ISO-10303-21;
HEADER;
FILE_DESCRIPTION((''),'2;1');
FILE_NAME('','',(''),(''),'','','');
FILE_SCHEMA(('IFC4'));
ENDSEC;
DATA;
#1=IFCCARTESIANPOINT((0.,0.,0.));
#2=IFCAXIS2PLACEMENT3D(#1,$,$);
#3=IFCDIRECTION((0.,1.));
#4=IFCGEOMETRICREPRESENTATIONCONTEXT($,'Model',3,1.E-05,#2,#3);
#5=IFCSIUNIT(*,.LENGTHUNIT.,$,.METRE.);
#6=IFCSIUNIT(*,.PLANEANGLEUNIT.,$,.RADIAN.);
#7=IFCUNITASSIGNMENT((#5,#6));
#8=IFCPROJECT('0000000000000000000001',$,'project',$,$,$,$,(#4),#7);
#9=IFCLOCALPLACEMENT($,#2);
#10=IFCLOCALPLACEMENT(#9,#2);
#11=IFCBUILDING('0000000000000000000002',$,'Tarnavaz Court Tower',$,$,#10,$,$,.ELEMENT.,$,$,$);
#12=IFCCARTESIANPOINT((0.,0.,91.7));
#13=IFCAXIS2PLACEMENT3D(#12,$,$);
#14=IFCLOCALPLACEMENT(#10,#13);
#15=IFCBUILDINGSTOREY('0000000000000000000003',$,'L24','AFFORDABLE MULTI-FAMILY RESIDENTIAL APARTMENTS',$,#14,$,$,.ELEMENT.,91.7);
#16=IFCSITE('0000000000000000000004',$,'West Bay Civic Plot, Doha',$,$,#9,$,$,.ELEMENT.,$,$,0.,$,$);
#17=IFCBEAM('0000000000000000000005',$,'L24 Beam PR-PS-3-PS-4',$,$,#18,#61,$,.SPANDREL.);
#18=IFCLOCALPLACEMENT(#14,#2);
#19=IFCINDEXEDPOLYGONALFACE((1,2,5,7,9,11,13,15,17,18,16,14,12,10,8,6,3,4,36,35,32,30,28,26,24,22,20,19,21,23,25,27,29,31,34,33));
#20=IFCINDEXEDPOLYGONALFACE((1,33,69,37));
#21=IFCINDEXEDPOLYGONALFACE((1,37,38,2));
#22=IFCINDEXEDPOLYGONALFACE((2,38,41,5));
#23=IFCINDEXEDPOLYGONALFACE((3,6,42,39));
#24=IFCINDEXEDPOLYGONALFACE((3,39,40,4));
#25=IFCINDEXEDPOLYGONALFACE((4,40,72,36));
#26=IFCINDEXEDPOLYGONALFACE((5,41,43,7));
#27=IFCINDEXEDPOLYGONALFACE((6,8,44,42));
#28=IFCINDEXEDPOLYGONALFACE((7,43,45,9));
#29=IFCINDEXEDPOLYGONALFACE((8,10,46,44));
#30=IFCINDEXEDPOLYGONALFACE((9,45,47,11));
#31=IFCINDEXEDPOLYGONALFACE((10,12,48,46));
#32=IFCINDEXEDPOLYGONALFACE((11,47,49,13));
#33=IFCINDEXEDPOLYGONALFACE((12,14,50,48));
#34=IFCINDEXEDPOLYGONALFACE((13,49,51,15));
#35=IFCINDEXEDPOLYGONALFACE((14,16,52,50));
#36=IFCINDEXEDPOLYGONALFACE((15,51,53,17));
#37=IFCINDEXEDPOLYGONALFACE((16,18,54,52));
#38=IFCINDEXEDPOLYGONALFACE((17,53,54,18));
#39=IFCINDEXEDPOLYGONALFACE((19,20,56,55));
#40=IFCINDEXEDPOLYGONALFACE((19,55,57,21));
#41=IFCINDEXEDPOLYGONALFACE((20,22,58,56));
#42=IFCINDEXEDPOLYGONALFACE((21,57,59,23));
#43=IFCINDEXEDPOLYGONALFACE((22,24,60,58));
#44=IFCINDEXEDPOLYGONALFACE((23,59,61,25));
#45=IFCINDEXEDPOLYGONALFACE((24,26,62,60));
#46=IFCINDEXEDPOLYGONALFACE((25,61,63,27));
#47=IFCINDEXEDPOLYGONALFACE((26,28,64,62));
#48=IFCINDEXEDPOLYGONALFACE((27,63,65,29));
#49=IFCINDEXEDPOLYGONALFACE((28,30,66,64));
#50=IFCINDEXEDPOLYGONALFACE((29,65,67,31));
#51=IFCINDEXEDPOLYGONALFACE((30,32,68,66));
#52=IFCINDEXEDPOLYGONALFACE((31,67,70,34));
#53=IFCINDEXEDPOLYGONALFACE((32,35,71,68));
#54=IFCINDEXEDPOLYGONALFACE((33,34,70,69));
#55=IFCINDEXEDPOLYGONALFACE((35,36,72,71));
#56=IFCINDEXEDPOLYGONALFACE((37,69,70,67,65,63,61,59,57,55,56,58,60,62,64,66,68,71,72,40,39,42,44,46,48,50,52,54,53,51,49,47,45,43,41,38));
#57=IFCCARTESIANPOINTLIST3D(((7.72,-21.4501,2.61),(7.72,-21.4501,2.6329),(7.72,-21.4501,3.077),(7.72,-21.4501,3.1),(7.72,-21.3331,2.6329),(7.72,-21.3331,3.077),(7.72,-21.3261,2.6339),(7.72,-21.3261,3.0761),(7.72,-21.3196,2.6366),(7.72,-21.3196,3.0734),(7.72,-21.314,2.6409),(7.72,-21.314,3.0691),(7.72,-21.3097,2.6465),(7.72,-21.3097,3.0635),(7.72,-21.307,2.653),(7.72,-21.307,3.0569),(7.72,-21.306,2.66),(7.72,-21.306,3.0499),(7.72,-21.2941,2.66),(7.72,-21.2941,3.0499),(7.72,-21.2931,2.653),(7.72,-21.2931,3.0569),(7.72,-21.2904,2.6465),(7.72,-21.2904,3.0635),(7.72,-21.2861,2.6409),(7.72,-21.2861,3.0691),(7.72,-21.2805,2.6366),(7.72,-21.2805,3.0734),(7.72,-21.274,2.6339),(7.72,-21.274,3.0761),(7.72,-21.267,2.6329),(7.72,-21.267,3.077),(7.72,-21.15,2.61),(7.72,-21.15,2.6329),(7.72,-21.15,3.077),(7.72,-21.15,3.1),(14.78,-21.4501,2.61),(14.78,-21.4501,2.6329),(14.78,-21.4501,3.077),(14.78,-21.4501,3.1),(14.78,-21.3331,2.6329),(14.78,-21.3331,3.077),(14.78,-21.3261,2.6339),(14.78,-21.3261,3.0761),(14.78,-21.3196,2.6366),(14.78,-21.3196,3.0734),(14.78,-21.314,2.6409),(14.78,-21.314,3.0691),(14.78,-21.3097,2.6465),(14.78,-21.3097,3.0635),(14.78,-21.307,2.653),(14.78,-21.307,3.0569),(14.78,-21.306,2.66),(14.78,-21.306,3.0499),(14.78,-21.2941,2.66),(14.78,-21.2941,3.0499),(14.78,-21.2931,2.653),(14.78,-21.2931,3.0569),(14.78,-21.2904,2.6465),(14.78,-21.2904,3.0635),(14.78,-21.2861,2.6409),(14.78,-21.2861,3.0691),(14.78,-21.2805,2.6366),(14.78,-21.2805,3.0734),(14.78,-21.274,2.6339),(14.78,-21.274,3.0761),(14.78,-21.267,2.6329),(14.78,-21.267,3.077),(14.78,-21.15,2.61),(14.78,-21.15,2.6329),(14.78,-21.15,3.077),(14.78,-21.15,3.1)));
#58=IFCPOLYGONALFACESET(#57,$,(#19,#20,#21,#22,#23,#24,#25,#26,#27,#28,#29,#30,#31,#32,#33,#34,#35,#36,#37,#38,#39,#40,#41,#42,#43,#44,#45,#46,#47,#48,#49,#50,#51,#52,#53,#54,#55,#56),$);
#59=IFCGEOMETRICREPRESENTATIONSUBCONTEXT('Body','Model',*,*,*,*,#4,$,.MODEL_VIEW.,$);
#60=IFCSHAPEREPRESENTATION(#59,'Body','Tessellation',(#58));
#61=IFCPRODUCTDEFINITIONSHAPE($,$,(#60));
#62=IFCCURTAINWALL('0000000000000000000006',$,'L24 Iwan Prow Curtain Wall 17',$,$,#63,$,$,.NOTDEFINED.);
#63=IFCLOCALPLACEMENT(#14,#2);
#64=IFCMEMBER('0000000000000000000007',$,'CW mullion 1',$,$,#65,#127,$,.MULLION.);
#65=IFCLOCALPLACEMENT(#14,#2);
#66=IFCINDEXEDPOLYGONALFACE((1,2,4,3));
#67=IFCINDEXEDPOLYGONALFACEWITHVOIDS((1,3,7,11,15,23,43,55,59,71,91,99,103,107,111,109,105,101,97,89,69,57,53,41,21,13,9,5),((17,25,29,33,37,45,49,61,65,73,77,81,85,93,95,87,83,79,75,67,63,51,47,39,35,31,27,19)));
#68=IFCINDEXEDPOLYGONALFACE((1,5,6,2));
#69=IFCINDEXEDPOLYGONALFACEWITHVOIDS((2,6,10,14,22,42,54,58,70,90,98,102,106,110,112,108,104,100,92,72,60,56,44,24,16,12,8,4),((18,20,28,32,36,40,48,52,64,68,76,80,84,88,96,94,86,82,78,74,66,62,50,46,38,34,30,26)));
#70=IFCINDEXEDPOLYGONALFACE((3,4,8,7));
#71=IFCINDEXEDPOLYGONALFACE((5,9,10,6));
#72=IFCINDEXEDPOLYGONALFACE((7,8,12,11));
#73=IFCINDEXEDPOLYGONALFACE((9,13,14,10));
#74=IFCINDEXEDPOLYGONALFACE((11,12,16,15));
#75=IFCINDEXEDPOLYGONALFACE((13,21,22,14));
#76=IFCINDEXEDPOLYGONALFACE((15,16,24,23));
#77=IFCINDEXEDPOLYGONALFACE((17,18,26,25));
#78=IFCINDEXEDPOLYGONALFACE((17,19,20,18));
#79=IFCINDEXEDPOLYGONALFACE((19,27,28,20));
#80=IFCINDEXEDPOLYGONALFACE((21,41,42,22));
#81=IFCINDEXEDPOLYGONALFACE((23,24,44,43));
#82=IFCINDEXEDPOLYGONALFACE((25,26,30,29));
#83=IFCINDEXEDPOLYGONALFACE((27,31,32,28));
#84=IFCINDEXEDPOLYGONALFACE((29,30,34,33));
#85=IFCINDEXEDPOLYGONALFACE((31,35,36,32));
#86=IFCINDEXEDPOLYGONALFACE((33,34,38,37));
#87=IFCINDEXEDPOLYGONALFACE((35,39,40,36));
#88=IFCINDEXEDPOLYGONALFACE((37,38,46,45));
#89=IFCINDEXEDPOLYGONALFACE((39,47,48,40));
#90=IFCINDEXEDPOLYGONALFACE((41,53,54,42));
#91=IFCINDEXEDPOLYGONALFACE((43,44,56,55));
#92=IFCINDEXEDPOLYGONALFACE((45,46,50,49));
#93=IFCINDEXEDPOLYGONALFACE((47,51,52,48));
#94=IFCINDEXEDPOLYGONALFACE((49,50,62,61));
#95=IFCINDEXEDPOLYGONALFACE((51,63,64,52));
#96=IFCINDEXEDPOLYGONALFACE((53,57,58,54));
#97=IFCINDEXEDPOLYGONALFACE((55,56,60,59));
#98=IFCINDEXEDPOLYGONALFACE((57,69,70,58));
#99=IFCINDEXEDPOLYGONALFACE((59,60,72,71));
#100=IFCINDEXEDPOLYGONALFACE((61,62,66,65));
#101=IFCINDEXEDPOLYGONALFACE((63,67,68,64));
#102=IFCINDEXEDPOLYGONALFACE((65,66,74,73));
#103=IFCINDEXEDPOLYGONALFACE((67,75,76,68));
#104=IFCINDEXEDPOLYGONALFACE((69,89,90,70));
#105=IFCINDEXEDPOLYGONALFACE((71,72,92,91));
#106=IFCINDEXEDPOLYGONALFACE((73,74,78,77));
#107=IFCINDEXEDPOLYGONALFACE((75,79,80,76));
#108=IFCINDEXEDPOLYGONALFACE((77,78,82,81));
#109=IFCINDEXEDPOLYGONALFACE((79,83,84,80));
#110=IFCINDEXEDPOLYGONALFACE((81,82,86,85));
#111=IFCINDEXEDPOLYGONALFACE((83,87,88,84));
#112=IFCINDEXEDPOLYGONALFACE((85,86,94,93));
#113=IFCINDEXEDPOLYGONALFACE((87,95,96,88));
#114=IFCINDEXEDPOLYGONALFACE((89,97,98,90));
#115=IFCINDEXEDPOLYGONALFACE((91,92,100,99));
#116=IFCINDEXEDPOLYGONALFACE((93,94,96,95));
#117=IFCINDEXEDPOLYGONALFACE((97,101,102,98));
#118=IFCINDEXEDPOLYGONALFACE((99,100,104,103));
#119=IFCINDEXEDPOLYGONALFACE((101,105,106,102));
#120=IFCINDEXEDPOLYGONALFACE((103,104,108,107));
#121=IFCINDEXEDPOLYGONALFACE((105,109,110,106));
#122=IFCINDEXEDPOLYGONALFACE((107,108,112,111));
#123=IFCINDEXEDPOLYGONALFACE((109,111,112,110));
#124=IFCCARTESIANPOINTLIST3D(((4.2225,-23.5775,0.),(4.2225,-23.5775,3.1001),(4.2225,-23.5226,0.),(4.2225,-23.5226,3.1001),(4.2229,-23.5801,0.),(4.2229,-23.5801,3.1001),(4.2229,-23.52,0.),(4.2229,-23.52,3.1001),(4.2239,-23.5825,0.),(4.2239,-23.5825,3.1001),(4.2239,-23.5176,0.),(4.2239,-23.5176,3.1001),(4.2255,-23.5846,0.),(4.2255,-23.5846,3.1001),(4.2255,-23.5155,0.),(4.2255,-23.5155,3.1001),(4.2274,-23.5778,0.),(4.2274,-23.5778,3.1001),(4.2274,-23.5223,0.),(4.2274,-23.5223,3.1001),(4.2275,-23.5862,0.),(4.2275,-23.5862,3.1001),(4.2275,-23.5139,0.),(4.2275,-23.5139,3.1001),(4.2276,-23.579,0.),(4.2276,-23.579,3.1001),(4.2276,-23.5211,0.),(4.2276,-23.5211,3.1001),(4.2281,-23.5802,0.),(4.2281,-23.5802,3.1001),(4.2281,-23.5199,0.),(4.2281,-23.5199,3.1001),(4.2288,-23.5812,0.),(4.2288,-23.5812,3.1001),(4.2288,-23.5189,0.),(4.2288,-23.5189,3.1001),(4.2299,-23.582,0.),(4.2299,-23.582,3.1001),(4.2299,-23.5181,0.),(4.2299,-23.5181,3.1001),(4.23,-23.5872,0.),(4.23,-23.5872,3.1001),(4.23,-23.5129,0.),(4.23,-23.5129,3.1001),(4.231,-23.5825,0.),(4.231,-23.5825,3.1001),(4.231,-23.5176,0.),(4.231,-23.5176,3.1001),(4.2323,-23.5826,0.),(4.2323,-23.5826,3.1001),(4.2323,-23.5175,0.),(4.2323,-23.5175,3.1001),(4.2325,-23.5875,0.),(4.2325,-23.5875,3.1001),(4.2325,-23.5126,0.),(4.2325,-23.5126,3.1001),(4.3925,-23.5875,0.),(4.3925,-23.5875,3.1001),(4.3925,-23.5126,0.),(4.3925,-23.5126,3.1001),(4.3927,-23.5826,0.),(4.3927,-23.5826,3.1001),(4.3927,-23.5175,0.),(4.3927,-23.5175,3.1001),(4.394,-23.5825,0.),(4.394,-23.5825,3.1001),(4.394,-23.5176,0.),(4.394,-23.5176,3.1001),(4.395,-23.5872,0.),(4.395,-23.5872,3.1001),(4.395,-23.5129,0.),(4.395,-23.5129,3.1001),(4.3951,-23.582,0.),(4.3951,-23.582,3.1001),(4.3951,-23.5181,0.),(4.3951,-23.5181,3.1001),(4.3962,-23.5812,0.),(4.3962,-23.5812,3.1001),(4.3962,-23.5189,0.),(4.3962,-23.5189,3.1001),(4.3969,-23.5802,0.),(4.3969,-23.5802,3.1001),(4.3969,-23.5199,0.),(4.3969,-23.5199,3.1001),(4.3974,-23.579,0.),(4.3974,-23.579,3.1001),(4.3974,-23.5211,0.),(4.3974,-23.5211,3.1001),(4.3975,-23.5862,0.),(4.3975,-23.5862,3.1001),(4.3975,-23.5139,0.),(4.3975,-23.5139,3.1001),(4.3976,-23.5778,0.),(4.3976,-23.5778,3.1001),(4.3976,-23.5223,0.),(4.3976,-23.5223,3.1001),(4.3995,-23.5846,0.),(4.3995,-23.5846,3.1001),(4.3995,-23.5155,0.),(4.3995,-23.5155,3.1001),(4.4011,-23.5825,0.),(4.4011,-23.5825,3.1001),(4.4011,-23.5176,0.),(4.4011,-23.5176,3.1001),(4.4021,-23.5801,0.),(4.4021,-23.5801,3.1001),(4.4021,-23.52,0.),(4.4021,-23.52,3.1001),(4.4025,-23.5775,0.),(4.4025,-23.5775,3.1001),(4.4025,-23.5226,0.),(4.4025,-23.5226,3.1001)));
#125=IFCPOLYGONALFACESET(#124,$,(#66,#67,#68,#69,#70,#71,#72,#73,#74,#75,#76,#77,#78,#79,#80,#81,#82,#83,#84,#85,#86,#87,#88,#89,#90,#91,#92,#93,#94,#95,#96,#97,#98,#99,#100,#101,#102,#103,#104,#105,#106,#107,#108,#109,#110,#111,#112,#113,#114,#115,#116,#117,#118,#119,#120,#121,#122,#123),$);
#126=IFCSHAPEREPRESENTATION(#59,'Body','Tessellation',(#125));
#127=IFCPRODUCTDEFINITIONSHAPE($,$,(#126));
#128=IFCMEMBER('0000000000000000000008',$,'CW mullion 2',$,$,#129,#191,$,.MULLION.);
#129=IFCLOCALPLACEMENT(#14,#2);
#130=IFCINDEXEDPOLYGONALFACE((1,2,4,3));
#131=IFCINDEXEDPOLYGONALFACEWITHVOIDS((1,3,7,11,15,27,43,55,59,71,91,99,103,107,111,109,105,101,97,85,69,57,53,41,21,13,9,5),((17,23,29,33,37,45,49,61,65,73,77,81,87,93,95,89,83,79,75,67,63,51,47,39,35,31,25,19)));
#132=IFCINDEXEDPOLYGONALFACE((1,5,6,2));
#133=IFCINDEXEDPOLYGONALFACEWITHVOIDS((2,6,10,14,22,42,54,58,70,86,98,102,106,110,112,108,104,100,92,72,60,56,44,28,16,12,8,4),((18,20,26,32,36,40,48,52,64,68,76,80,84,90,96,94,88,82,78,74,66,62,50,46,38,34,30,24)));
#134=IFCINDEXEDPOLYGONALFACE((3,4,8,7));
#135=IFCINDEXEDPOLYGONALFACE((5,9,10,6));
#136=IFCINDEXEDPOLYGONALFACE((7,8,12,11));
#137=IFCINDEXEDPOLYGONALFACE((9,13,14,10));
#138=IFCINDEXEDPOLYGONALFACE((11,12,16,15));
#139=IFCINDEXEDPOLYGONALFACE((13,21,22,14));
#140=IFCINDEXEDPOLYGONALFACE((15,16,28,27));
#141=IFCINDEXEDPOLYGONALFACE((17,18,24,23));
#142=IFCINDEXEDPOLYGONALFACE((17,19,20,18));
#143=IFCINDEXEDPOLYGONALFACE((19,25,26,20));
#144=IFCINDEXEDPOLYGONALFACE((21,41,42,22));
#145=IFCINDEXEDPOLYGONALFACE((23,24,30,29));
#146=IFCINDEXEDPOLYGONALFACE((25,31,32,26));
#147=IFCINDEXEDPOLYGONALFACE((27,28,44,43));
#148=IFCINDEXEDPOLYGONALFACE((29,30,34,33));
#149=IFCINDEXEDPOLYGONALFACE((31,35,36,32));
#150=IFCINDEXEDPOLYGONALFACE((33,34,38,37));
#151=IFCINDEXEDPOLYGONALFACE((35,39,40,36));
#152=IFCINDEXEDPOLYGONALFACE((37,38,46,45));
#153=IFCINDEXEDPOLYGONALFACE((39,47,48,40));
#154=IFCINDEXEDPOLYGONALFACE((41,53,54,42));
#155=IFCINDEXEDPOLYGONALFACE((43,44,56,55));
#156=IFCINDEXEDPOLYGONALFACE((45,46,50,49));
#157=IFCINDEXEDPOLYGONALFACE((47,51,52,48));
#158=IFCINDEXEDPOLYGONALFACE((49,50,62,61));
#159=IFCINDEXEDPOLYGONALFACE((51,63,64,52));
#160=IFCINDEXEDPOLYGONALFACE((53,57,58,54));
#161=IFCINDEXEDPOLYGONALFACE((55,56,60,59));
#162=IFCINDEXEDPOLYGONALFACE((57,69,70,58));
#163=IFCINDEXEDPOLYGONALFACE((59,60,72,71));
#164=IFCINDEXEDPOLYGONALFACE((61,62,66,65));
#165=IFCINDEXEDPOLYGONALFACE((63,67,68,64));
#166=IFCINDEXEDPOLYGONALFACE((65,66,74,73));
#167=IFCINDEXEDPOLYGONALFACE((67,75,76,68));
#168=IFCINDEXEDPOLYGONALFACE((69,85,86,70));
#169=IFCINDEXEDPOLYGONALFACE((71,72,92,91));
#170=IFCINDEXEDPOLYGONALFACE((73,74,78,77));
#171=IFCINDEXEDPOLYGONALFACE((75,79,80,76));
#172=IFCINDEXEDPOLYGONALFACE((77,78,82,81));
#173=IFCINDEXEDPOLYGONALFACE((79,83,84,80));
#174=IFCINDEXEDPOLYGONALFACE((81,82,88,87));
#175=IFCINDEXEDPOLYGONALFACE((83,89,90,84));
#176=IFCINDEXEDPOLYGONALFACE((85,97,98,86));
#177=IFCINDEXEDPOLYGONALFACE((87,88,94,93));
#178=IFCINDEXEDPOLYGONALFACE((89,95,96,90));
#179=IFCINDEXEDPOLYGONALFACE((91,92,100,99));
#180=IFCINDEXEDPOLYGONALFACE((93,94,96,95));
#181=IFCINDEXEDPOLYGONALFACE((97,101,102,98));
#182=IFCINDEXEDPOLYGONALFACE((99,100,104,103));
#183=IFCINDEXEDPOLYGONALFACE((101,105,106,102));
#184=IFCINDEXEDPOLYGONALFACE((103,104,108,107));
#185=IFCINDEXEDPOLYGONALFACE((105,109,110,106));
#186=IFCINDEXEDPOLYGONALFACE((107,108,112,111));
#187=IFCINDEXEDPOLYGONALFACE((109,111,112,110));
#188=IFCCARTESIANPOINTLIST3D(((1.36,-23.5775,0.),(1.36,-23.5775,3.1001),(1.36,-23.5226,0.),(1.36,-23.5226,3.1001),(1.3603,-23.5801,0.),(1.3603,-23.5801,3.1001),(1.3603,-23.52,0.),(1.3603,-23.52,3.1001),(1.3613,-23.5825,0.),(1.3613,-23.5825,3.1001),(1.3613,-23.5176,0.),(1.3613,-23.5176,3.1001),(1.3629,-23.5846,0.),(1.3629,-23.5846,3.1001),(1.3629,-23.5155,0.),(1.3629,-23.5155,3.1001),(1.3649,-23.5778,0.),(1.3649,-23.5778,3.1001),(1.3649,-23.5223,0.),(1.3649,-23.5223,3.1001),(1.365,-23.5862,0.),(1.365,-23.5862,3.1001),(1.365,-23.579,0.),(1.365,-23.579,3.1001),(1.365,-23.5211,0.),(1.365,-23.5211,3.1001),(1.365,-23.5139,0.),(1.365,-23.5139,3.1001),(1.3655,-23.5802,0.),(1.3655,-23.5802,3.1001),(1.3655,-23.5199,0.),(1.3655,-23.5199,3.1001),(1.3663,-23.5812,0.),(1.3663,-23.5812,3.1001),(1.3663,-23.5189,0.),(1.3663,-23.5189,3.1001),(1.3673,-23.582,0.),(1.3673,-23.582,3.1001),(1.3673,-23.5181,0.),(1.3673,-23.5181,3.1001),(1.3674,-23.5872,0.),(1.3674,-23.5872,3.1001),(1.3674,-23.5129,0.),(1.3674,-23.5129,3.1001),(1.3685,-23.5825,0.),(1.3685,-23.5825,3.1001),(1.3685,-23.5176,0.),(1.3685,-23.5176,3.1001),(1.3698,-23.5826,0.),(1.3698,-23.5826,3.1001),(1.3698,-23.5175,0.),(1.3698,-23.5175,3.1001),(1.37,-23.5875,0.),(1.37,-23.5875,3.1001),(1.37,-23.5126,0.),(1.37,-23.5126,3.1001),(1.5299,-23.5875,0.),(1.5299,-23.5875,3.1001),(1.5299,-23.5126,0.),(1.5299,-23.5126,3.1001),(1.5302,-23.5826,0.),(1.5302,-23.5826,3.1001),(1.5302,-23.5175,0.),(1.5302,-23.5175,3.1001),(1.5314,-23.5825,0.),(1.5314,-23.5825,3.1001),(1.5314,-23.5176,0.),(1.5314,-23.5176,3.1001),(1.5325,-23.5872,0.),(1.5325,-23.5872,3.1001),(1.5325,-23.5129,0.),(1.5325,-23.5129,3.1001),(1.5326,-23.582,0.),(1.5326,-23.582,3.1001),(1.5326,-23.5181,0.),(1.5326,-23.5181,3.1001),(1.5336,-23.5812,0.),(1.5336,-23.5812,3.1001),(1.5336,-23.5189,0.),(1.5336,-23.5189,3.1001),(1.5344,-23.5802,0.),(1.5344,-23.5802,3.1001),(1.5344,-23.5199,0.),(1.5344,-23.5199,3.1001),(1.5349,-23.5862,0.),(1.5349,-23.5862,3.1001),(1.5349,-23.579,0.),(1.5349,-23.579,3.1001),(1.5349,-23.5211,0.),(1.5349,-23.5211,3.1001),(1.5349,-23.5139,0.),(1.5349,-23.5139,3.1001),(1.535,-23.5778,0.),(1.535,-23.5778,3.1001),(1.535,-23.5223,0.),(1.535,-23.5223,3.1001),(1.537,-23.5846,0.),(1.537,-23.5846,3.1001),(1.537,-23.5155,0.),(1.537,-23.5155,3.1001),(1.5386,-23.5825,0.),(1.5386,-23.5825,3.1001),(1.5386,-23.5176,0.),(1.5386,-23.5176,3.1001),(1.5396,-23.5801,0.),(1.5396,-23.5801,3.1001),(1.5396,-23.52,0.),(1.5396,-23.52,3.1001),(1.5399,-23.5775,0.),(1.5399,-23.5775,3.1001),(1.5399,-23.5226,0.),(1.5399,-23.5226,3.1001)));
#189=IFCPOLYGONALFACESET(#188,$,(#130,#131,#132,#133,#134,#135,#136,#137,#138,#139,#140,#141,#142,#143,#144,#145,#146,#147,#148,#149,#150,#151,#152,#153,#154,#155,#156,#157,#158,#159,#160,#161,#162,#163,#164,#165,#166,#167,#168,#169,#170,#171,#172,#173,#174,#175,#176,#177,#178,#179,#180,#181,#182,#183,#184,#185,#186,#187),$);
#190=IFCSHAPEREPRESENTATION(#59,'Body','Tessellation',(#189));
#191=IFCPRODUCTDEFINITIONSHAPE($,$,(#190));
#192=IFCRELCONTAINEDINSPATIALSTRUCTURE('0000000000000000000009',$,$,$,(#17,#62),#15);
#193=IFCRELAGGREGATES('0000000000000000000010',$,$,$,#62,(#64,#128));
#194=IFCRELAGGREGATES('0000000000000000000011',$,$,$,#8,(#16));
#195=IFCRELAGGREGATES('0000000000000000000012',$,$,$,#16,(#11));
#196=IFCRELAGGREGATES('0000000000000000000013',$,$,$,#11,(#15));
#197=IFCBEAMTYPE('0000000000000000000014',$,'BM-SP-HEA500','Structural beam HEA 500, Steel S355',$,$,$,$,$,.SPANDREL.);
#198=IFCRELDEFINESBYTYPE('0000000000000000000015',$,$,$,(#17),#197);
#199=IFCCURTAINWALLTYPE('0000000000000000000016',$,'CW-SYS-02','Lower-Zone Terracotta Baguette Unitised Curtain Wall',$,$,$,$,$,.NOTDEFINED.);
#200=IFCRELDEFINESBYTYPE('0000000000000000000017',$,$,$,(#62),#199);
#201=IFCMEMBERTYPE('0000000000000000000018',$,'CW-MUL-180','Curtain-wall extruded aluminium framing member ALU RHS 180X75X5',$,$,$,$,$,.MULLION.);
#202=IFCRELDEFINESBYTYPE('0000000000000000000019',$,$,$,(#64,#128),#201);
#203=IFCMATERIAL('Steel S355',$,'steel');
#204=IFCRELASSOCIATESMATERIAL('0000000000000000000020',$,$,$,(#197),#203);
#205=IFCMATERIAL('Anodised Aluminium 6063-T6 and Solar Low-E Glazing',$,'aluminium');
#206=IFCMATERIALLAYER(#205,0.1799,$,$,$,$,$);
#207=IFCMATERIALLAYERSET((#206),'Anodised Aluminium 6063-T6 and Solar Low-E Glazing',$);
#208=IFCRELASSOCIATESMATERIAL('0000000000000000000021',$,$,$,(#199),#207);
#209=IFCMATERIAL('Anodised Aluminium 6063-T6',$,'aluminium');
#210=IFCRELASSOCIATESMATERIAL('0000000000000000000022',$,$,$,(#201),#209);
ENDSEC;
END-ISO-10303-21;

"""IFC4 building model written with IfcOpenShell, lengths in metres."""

from ifc_helpers import new_model, si_unit, direction, frame, origin, origin_2d, place, context, subcontext, project, spatial, hollow_rectangle, i_section, extrude, material, layer, layer_set, material_profile, profile_set, type_object, element, aggregate, save


model = new_model("IFC4")

# Units and contexts
model_context = context("Model", 3, precision=1e-05, world=origin(), true_north=direction((0.0, 1.0)))
body_context = subcontext(model_context, "Body", "Model", "MODEL_VIEW")
ifc_project = project(units=[si_unit("LENGTHUNIT", "METRE"), si_unit("PLANEANGLEUNIT", "RADIAN")], contexts=[model_context])

# Site, building, storey
site_placement = place(None, origin())
site = spatial("IfcSite", under=ifc_project, at=site_placement, Name="West Bay Civic Plot, Doha", CompositionType="ELEMENT", RefElevation=0.0)
building_placement = place(site_placement, origin())
building = spatial("IfcBuilding", under=site, at=building_placement, Name="Tarnavaz Court Tower", CompositionType="ELEMENT")
storey_placement = place(building_placement, frame((0.0, 0.0, 91.7)))
storey = spatial("IfcBuildingStorey", under=building, at=storey_placement, Name="L24", Description="AFFORDABLE MULTI-FAMILY RESIDENTIAL APARTMENTS", CompositionType="ELEMENT", Elevation=91.7)

# Beam
ifc_material_1 = material(Name="Steel S355", Category="steel")
ifc_material_profile_1 = material_profile(ifc_material_1, i_section(OverallWidth=0.3, OverallDepth=0.49, WebThickness=0.012, FlangeThickness=0.0229, FilletRadius=0.0271, at=origin_2d()), Name="HEA 500")
ifc_profile_set_1 = profile_set([ifc_material_profile_1], Name="Steel S355")
beam_type_1 = type_object("IfcBeamType", Name="BM-SP-HEA500", Description="Structural beam HEA 500, Steel S355", PredefinedType="SPANDREL", material=ifc_profile_set_1)
beam_placement = place(storey_placement, frame((7.72, -21.3, 2.855), z_axis=(1.0, 0.0, 0.0), x_axis=(0.0, 1.0, 0.0)))
element("IfcBeam", 1, at=beam_placement, inside=storey, type_object=beam_type_1, Name="L24 Beam PR-PS-3-PS-4", PredefinedType="SPANDREL", context=body_context, shape_type="SweptSolid", body=[
    extrude(i_section(OverallWidth=0.3, OverallDepth=0.49, WebThickness=0.012, FlangeThickness=0.0229, FilletRadius=0.0271, at=origin_2d()), origin(), (0.0, 0.0, 1.0), 7.0601),
])

# Curtain wall, members
ifc_material_2 = material(Name="Anodised Aluminium 6063-T6 and Solar Low-E Glazing", Category="aluminium")
ifc_layer_1 = layer(ifc_material_2, 0.1799)
ifc_layer_set_1 = layer_set([ifc_layer_1], Name="Anodised Aluminium 6063-T6 and Solar Low-E Glazing")
curtain_wall_type = type_object("IfcCurtainWallType", Name="CW-SYS-02", Description="Lower-Zone Terracotta Baguette Unitised Curtain Wall", PredefinedType="NOTDEFINED", material=ifc_layer_set_1)
curtain_wall_placement = place(storey_placement, origin())
curtain_wall = element("IfcCurtainWall", 2, at=curtain_wall_placement, inside=storey, type_object=curtain_wall_type, Name="L24 Iwan Prow Curtain Wall 17", PredefinedType="NOTDEFINED")
ifc_material_3 = material(Name="Anodised Aluminium 6063-T6", Category="aluminium")
ifc_material_profile_2 = material_profile(ifc_material_3, hollow_rectangle(XDim=0.075, YDim=0.1799, WallThickness=0.0049, InnerFilletRadius=0.0049, OuterFilletRadius=0.01, at=origin_2d()), Name="ALU RHS 180X75X5")
ifc_profile_set_2 = profile_set([ifc_material_profile_2], Name="Anodised Aluminium 6063-T6")
member_type_1 = type_object("IfcMemberType", Name="CW-MUL-180", Description="Curtain-wall extruded aluminium framing member ALU RHS 180X75X5", PredefinedType="MULLION", material=ifc_profile_set_2)
member_1_placement = place(storey_placement, frame((4.3125, -23.55, 0.0), z_axis=(0.0, 0.0, 1.0), x_axis=(0.0, -1.0, 0.0)))
member_1 = element("IfcMember", 3, at=member_1_placement, type_object=member_type_1, Name="CW mullion 1", PredefinedType="MULLION", context=body_context, shape_type="SweptSolid", body=[
    extrude(hollow_rectangle(XDim=0.075, YDim=0.1799, WallThickness=0.0049, InnerFilletRadius=0.0049, OuterFilletRadius=0.01, at=origin_2d()), origin(), (0.0, 0.0, 1.0), 3.1001),
])
member_2_placement = place(storey_placement, frame((1.45, -23.55, 0.0), z_axis=(0.0, 0.0, 1.0), x_axis=(0.0, -1.0, 0.0)))
member_2 = element("IfcMember", 4, at=member_2_placement, type_object=member_type_1, Name="CW mullion 2", PredefinedType="MULLION", context=body_context, shape_type="SweptSolid", body=[
    extrude(hollow_rectangle(XDim=0.075, YDim=0.1799, WallThickness=0.0049, InnerFilletRadius=0.0049, OuterFilletRadius=0.01, at=origin_2d()), origin(), (0.0, 0.0, 1.0), 3.1001),
])
aggregate(curtain_wall, [member_1, member_2])

save(model, "model.ifc")
